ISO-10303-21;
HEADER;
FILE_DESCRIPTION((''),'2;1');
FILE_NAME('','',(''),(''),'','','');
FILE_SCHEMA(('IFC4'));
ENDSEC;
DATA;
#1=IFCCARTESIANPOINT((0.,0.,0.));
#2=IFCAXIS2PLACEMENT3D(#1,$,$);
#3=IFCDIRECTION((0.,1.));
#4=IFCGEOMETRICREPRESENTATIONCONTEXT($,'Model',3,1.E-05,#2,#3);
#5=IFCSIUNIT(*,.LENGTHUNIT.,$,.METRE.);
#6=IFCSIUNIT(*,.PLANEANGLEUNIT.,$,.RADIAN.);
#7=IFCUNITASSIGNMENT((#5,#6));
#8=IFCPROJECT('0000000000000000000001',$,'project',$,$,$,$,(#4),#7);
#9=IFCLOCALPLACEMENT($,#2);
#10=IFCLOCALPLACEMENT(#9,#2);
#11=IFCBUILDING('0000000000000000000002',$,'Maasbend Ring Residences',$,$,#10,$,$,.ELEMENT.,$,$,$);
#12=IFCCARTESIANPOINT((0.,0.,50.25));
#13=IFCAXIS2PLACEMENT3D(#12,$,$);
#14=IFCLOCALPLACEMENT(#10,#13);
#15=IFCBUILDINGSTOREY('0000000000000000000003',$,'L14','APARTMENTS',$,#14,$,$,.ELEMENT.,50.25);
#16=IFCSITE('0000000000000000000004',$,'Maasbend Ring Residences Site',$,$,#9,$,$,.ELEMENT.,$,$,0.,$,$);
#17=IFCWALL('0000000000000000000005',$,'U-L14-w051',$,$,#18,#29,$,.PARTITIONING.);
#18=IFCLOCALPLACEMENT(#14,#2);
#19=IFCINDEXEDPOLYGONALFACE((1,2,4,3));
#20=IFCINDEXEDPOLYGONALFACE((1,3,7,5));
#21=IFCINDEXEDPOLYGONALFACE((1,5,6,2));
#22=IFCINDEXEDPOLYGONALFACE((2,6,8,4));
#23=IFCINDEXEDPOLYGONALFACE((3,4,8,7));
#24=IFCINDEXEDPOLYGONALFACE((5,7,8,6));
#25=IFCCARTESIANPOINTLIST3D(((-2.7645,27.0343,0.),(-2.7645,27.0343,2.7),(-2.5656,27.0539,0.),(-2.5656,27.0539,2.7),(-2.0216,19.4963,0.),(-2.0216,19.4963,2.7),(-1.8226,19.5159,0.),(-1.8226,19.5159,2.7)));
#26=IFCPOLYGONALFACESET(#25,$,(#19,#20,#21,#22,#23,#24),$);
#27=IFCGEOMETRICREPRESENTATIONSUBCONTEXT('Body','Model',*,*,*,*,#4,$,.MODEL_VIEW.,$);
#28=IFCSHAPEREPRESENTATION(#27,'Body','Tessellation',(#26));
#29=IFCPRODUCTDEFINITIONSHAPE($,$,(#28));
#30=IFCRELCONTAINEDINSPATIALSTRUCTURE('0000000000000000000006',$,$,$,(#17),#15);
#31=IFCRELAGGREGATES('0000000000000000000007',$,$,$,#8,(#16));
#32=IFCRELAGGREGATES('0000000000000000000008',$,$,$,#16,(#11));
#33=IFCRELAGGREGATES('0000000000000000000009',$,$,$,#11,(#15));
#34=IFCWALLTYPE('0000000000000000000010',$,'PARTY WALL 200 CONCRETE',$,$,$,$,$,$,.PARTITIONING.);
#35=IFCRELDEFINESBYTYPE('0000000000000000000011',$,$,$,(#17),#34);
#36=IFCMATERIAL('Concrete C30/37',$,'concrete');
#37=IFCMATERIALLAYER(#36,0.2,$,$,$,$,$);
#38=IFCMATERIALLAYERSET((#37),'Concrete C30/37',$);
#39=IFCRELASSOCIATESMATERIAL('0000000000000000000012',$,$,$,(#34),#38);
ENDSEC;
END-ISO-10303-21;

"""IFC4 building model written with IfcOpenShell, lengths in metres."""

from ifc_helpers import new_model, si_unit, direction, frame, frame_2d, origin, place, context, subcontext, project, spatial, rectangle, extrude, material, layer, layer_set, type_object, element, save


model = new_model("IFC4")

# Units and contexts
model_context = context("Model", 3, precision=1e-05, world=origin(), true_north=direction((0.0, 1.0)))
body_context = subcontext(model_context, "Body", "Model", "MODEL_VIEW")
ifc_project = project(units=[si_unit("LENGTHUNIT", "METRE"), si_unit("PLANEANGLEUNIT", "RADIAN")], contexts=[model_context])

# Site, building, storey
site_placement = place(None, origin())
site = spatial("IfcSite", under=ifc_project, at=site_placement, Name="Maasbend Ring Residences Site", CompositionType="ELEMENT", RefElevation=0.0)
building_placement = place(site_placement, origin())
building = spatial("IfcBuilding", under=site, at=building_placement, Name="Maasbend Ring Residences", CompositionType="ELEMENT")
storey_placement = place(building_placement, frame((0.0, 0.0, 50.25)))
storey = spatial("IfcBuildingStorey", under=building, at=storey_placement, Name="L14", Description="APARTMENTS", CompositionType="ELEMENT", Elevation=50.25)

# Wall
ifc_material_1 = material(Name="Concrete C30/37", Category="concrete")
ifc_layer_1 = layer(ifc_material_1, 0.2)
ifc_layer_set_1 = layer_set([ifc_layer_1], Name="Concrete C30/37")
wall_type_1 = type_object("IfcWallType", Name="PARTY WALL 200 CONCRETE", PredefinedType="PARTITIONING", material=ifc_layer_set_1)
wall_1_placement = place(storey_placement, frame((-2.665, 27.0439, 0.0), z_axis=(0.0, 0.0, 1.0), x_axis=(0.098083, -0.995178, 0.0)))
element("IfcWall", 1, at=wall_1_placement, inside=storey, type_object=wall_type_1, Name="U-L14-w051", PredefinedType="PARTITIONING", context=body_context, shape_type="SweptSolid", body=[
    extrude(rectangle(XDim=7.5745, YDim=0.2, at=frame_2d((3.7871, 0.0))), origin(), (0.0, 0.0, 1.0), 2.7),
])

save(model, "model.ifc")
